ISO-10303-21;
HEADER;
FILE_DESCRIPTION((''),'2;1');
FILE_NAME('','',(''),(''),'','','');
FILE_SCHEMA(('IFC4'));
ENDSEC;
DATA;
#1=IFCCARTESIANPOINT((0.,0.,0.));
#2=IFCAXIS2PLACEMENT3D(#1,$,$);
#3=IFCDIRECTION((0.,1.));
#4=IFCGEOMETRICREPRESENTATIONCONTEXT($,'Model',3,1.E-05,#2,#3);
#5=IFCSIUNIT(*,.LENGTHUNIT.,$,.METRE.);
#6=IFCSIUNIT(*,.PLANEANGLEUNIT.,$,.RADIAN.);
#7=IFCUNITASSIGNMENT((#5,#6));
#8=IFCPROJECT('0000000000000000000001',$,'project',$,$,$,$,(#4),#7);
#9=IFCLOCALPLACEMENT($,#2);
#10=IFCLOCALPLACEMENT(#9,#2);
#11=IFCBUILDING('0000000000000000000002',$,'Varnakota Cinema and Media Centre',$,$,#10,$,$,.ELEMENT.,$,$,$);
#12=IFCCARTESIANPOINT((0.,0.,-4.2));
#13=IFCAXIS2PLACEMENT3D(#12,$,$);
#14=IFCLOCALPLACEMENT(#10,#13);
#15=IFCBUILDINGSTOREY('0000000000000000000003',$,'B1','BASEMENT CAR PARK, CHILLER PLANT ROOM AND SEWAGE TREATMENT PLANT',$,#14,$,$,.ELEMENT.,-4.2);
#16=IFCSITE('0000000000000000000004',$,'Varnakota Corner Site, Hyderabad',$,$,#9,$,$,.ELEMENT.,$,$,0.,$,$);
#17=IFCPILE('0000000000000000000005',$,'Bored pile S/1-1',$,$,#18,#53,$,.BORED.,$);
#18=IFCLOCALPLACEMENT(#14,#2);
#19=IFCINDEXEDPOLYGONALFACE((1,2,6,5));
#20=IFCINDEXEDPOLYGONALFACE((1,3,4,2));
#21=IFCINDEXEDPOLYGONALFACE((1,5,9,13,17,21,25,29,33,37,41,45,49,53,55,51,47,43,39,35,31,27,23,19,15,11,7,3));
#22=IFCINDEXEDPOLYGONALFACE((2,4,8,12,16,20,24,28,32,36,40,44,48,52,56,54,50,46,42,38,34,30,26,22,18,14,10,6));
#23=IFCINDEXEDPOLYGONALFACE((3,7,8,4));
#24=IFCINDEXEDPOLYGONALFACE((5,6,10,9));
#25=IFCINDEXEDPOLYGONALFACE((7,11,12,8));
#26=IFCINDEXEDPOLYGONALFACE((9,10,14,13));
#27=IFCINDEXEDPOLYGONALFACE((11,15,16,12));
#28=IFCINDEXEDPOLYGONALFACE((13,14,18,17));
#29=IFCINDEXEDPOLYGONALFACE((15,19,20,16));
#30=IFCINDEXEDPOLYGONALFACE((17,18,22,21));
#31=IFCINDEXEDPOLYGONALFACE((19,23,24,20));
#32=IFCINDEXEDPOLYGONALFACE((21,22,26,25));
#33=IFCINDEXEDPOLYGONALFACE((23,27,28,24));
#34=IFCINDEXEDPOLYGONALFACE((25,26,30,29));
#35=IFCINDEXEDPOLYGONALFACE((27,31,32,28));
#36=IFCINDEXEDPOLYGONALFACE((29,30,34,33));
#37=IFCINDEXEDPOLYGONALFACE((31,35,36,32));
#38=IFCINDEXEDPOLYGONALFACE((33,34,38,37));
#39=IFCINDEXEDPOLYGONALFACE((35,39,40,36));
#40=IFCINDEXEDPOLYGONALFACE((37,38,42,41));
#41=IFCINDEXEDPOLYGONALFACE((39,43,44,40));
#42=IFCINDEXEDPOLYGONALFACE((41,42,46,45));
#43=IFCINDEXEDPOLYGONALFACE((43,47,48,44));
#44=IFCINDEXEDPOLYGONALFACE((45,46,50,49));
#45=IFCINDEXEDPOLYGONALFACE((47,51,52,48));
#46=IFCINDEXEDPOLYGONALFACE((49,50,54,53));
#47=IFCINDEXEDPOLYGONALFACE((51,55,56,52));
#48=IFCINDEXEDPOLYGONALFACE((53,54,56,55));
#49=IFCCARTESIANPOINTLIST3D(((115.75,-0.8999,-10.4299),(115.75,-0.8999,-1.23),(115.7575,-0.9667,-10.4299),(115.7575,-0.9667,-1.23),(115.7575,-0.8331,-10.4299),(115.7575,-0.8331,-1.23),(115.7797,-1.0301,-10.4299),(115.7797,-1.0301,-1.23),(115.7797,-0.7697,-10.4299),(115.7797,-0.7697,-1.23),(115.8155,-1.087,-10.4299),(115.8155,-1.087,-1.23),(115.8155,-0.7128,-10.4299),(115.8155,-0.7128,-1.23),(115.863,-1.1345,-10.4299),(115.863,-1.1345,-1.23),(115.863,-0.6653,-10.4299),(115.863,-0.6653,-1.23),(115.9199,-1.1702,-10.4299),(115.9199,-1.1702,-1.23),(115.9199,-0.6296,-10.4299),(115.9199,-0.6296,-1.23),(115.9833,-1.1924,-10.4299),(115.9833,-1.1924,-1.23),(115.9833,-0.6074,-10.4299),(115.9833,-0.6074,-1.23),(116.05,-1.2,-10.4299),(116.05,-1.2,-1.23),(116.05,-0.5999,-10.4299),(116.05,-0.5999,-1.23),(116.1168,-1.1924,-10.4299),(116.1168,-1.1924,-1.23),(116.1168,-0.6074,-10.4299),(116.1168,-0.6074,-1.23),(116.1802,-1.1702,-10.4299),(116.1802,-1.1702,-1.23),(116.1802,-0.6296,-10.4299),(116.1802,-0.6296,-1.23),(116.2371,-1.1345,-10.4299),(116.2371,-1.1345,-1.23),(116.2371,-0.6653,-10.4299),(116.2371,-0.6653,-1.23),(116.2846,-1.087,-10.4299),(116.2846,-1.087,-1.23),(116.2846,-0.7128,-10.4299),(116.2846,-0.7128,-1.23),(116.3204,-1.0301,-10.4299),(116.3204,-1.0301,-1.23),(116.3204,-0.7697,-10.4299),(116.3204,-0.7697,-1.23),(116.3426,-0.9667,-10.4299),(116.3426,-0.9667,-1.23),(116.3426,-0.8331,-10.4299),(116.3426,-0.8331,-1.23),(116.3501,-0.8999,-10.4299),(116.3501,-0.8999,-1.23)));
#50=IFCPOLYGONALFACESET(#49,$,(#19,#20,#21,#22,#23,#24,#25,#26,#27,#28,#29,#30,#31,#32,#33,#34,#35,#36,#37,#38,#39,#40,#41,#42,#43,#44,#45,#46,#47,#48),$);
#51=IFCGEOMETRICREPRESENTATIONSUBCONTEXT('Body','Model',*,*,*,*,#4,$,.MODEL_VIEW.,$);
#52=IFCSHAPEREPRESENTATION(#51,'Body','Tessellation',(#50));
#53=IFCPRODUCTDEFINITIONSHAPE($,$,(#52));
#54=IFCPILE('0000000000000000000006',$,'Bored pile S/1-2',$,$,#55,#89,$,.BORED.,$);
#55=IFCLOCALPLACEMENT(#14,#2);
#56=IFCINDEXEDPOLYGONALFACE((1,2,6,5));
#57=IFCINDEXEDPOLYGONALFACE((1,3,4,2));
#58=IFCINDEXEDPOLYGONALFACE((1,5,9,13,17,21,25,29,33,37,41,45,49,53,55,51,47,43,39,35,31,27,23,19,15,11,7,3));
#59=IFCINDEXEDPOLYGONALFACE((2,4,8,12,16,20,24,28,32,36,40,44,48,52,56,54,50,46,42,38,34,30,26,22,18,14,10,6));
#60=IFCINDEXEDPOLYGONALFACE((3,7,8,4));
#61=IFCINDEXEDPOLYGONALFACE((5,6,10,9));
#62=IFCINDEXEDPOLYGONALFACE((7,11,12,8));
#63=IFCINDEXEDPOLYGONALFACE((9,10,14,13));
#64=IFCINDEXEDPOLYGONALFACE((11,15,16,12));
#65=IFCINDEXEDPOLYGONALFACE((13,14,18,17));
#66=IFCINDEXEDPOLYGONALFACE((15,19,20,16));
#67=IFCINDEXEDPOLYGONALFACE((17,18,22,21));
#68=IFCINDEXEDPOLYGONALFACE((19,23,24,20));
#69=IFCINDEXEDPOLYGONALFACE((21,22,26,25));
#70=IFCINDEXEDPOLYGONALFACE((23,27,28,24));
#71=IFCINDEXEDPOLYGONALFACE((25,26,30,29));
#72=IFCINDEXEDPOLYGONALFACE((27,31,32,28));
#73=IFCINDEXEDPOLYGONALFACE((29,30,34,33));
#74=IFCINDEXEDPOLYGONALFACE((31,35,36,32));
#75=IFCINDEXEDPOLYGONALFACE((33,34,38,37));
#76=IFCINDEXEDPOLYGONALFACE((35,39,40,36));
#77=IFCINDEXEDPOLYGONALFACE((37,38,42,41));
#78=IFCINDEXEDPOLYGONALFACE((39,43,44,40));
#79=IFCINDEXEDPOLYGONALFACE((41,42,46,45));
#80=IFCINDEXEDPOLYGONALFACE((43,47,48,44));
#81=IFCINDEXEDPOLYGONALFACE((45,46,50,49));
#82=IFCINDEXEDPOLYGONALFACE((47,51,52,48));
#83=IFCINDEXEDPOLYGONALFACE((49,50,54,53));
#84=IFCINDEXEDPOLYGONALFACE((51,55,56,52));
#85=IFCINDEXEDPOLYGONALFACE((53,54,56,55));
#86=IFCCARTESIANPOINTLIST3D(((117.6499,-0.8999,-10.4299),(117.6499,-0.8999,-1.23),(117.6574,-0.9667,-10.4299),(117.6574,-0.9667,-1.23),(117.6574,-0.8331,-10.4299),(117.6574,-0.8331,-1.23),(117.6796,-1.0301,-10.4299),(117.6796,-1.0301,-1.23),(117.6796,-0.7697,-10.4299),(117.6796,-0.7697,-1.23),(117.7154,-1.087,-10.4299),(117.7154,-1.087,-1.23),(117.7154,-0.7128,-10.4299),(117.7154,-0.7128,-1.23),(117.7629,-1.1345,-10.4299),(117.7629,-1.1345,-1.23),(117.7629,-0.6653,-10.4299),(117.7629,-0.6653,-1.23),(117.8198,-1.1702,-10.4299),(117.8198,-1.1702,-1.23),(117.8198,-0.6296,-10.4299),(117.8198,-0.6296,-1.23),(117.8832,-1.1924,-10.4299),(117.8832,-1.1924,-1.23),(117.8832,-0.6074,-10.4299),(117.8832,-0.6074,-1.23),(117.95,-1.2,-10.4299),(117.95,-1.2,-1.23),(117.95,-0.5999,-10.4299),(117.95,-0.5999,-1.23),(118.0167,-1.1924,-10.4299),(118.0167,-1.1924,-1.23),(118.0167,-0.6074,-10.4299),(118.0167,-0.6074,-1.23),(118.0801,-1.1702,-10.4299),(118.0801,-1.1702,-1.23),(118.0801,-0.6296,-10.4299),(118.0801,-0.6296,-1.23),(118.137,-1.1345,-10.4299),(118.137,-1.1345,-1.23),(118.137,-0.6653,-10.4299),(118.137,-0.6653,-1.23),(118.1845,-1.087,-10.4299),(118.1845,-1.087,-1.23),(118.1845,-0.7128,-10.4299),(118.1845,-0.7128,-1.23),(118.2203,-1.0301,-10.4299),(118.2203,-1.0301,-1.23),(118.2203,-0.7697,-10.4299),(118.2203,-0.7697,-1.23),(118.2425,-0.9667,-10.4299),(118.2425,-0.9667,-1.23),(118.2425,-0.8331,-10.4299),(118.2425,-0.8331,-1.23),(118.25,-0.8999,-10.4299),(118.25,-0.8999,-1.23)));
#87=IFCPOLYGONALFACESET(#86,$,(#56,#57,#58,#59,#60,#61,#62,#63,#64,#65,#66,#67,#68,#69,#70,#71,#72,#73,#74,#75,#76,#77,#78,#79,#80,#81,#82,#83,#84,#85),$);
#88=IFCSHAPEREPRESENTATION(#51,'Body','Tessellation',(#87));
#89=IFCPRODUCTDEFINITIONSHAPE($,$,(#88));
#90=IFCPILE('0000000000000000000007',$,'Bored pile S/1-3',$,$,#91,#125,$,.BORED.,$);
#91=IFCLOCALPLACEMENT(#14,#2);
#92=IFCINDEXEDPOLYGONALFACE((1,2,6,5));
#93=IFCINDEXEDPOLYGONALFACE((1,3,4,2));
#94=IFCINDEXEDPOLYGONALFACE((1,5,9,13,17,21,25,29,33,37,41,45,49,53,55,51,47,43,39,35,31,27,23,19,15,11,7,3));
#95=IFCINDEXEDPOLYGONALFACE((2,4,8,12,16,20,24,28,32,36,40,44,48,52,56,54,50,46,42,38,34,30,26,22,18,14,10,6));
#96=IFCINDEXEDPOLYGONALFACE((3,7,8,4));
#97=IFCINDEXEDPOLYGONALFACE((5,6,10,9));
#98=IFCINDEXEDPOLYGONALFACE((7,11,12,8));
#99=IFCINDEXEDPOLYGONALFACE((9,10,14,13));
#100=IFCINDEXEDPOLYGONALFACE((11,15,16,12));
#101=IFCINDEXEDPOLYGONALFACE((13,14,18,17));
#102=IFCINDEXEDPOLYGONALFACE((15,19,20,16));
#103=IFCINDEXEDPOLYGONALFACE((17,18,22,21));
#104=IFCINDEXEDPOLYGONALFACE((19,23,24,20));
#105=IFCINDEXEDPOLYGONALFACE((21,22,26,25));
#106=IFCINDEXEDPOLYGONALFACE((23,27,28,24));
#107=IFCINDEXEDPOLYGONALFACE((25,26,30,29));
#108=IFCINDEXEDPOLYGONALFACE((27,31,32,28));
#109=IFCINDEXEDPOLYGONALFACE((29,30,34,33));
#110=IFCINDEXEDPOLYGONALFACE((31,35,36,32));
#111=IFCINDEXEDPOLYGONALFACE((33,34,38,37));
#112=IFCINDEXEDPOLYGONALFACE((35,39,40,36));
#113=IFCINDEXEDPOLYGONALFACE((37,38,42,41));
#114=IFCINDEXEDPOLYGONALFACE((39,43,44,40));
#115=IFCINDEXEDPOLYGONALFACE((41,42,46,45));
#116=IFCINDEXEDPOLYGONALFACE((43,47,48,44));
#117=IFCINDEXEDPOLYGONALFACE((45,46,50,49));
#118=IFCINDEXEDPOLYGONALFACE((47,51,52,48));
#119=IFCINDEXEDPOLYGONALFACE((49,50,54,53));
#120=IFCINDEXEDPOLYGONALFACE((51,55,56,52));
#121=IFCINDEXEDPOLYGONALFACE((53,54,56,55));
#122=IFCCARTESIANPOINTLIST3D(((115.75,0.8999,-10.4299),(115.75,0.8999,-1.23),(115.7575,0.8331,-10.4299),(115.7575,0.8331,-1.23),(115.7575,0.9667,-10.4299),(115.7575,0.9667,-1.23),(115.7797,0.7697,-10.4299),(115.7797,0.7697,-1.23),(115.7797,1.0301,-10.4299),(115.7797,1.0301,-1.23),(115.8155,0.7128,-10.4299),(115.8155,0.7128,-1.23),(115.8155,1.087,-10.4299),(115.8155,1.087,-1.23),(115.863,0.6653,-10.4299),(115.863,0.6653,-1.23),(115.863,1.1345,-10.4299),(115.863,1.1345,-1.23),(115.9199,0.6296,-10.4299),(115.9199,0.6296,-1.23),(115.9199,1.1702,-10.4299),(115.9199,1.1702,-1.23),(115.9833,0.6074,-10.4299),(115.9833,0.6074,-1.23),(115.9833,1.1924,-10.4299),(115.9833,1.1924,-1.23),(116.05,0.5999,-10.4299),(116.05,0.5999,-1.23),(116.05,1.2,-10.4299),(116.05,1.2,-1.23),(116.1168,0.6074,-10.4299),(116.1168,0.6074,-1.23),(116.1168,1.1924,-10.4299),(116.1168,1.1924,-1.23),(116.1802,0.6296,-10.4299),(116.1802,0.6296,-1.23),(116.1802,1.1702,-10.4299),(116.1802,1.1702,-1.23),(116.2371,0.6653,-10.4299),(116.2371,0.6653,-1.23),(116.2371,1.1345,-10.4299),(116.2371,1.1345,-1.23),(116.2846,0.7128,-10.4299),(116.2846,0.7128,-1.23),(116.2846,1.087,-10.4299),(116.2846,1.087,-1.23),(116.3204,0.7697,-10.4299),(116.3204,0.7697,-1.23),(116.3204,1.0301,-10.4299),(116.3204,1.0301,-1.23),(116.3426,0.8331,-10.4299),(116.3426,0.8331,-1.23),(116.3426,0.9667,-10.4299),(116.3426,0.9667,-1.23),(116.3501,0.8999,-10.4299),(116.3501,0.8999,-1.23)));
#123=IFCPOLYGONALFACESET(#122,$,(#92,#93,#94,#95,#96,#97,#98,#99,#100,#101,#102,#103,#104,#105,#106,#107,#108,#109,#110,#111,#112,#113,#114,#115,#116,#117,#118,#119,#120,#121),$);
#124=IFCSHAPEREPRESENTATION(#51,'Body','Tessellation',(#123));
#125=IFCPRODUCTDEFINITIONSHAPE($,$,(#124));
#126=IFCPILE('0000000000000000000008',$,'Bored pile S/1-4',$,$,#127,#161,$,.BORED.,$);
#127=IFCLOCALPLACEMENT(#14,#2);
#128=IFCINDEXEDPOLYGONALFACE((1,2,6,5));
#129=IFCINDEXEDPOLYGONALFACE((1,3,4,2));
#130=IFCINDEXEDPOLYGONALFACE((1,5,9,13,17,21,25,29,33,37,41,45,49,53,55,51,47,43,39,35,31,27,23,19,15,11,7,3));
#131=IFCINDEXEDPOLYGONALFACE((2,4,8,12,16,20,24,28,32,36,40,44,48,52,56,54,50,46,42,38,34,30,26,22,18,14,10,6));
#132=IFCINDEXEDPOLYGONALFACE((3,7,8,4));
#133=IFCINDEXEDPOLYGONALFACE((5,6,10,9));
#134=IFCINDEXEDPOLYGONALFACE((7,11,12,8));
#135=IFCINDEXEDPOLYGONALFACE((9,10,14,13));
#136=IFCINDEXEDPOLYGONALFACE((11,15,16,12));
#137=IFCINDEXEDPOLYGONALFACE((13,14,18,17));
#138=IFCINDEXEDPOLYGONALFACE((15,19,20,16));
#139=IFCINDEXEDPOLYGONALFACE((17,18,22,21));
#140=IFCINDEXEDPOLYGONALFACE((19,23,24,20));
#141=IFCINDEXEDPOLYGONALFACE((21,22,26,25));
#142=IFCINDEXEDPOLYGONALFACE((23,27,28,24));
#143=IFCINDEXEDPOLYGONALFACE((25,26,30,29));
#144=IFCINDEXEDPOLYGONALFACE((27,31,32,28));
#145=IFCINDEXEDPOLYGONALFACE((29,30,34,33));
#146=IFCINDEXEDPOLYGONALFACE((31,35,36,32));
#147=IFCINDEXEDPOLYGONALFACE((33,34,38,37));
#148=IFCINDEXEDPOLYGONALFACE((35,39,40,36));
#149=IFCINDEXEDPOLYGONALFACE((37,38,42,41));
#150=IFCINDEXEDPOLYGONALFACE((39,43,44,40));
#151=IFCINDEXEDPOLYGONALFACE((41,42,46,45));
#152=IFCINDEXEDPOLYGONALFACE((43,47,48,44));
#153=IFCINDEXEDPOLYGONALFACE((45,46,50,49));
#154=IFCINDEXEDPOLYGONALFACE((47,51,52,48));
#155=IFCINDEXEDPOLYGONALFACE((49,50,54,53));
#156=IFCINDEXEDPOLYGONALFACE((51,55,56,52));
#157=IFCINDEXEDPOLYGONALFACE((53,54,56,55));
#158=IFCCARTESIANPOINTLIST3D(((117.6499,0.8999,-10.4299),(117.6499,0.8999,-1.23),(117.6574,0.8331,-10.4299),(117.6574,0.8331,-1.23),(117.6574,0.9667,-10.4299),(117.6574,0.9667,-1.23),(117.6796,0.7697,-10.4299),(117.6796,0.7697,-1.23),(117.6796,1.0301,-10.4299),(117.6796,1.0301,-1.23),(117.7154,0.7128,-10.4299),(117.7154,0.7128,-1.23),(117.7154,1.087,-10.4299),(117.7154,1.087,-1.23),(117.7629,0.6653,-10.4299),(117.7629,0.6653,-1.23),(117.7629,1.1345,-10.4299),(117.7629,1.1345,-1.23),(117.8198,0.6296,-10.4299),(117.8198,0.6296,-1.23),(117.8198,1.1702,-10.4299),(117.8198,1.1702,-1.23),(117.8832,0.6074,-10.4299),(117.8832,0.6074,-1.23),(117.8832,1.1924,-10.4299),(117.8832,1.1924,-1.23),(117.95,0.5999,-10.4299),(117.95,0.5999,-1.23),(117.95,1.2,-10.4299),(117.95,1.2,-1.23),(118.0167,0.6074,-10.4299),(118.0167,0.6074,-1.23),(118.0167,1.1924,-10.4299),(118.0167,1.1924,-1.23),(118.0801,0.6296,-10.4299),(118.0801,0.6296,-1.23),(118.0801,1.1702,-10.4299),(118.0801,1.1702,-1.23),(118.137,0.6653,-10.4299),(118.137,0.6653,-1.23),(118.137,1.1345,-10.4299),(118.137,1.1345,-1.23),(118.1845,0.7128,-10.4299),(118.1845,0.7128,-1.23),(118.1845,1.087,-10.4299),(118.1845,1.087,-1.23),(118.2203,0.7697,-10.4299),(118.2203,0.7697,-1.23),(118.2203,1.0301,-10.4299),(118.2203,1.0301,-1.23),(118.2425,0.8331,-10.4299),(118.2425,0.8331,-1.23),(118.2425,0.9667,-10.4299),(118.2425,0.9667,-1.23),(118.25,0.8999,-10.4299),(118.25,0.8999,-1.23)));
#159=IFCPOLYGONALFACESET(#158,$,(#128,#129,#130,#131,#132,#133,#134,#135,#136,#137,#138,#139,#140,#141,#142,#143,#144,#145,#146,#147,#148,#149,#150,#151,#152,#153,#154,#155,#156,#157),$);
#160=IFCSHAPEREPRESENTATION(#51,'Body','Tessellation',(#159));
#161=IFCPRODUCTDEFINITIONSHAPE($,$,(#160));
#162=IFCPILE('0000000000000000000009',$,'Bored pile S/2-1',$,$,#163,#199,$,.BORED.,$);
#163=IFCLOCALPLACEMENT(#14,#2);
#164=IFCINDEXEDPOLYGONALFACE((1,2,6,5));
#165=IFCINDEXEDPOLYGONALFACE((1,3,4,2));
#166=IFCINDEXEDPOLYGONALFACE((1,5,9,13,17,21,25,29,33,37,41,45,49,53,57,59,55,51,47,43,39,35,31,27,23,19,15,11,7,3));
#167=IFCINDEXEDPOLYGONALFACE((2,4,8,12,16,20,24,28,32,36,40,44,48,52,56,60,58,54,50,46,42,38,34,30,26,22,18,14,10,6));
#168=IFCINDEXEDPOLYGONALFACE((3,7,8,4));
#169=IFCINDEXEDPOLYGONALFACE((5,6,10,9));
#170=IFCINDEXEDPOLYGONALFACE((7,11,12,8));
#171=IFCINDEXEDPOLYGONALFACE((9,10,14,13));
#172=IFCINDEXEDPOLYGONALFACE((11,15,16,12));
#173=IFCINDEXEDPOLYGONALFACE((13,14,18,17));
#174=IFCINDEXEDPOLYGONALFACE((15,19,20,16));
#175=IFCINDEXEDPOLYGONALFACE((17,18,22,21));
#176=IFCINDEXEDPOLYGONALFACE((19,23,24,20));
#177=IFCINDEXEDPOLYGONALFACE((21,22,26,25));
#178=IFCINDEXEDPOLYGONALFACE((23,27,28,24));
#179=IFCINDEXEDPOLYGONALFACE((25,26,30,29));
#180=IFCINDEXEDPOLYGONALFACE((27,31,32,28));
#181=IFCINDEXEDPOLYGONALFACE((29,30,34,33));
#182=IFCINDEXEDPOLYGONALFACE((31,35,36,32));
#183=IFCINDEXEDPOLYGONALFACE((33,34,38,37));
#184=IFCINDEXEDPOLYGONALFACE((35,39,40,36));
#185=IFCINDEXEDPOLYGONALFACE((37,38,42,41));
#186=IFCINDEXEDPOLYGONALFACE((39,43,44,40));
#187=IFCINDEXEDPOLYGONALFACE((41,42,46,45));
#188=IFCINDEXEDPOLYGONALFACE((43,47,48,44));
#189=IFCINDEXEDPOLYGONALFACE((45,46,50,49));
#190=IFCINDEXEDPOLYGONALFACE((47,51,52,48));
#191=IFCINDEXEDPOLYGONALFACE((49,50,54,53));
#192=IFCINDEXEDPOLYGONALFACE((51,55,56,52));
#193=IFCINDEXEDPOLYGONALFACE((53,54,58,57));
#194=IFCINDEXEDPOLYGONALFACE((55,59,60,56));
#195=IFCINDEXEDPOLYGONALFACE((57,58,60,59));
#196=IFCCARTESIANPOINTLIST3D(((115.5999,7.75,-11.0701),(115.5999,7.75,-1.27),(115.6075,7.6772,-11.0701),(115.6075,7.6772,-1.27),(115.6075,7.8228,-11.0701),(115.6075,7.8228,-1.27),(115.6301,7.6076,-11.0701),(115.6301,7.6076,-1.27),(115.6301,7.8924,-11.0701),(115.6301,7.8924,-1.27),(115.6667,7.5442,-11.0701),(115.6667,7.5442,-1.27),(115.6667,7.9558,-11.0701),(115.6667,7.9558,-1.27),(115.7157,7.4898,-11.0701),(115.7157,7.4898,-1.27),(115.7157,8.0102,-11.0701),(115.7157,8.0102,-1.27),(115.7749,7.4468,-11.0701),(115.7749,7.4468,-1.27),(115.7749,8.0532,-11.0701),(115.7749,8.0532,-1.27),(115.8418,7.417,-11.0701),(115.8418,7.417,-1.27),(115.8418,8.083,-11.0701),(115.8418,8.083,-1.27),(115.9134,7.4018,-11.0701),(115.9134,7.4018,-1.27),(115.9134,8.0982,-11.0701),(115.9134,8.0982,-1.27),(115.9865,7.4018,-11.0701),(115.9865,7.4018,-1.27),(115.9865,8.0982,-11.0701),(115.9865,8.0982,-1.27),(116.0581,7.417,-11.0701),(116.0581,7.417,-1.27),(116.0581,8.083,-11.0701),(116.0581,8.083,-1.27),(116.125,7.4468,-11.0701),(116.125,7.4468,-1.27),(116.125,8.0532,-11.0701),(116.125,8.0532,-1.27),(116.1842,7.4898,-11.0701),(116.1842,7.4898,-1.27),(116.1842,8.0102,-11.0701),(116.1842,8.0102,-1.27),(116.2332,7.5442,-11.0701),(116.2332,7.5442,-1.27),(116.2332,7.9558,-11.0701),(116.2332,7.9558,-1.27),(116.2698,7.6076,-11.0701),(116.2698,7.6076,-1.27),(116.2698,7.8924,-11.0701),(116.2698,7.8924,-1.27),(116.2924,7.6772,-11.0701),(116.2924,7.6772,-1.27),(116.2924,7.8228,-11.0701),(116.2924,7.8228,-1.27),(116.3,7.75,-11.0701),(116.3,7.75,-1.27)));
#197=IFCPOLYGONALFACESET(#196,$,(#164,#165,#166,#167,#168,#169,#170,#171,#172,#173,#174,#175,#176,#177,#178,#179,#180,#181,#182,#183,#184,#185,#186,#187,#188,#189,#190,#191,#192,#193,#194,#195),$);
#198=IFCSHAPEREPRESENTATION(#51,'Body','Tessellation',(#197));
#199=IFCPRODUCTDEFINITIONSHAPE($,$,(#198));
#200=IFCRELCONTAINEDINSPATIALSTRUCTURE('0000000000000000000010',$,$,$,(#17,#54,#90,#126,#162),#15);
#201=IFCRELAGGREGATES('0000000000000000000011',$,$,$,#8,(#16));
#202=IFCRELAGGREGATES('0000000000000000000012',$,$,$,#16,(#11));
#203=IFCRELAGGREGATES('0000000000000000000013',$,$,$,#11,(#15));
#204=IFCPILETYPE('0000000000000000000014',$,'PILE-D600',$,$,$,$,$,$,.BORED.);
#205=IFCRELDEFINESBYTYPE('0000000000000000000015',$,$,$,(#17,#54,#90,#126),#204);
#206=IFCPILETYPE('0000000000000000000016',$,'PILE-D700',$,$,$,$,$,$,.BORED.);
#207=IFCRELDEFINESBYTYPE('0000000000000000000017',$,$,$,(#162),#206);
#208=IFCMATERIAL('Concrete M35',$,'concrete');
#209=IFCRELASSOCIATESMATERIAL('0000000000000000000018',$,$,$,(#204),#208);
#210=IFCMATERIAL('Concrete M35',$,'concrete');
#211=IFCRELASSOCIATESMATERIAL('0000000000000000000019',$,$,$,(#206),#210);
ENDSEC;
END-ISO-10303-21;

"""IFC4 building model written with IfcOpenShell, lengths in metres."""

from ifc_helpers import new_model, si_unit, direction, frame, origin, origin_2d, place, context, subcontext, project, spatial, circle, extrude, material, material_profile, profile_set, type_object, element, save


model = new_model("IFC4")

# Units and contexts
model_context = context("Model", 3, precision=1e-05, world=origin(), true_north=direction((0.0, 1.0)))
body_context = subcontext(model_context, "Body", "Model", "MODEL_VIEW")
ifc_project = project(units=[si_unit("LENGTHUNIT", "METRE"), si_unit("PLANEANGLEUNIT", "RADIAN")], contexts=[model_context])

# Site, building, storey
site_placement = place(None, origin())
site = spatial("IfcSite", under=ifc_project, at=site_placement, Name="Varnakota Corner Site, Hyderabad", CompositionType="ELEMENT", RefElevation=0.0)
building_placement = place(site_placement, origin())
building = spatial("IfcBuilding", under=site, at=building_placement, Name="Varnakota Cinema and Media Centre", CompositionType="ELEMENT")
storey_placement = place(building_placement, frame((0.0, 0.0, -4.2)))
storey = spatial("IfcBuildingStorey", under=building, at=storey_placement, Name="B1", Description="BASEMENT CAR PARK, CHILLER PLANT ROOM AND SEWAGE TREATMENT PLANT", CompositionType="ELEMENT", Elevation=-4.2)

# Piles
ifc_material_1 = material(Name="Concrete M35", Category="concrete")
ifc_material_profile_1 = material_profile(ifc_material_1, circle(Radius=0.3, at=origin_2d()), Name="PILE D600")
ifc_profile_set_1 = profile_set([ifc_material_profile_1], Name="Concrete M35")
pile_type_1 = type_object("IfcPileType", Name="PILE-D600", PredefinedType="BORED", material=ifc_profile_set_1)
for number, where, z_axis, x_axis, name in (
    (1, (116.05, -0.8999, -1.23), (0.0, 0.0, -1.0), (1.0, 0.0, 0.0), "Bored pile S/1-1"),
    (2, (117.95, -0.8999, -1.23), (0.0, 0.0, -1.0), (1.0, 0.0, 0.0), "Bored pile S/1-2"),
    (3, (116.05, 0.8999, -1.23), (0.0, 0.0, -1.0), (1.0, 0.0, 0.0), "Bored pile S/1-3"),
    (4, (117.95, 0.8999, -1.23), (0.0, 0.0, -1.0), (1.0, 0.0, 0.0), "Bored pile S/1-4"),
):
    element("IfcPile", number, at=place(storey_placement, frame(where, z_axis=z_axis, x_axis=x_axis)), inside=storey, type_object=pile_type_1, Name=name, PredefinedType="BORED", context=body_context, shape_type="SweptSolid", body=[
        extrude(circle(Radius=0.3, at=origin_2d()), origin(), (0.0, 0.0, 1.0), 9.2),
    ])
ifc_material_2 = material(Name="Concrete M35", Category="concrete")
ifc_material_profile_2 = material_profile(ifc_material_2, circle(Radius=0.3501, at=origin_2d()), Name="PILE D700")
ifc_profile_set_2 = profile_set([ifc_material_profile_2], Name="Concrete M35")
pile_type_2 = type_object("IfcPileType", Name="PILE-D700", PredefinedType="BORED", material=ifc_profile_set_2)
for number, where, z_axis, x_axis, name in (
    (5, (115.95, 7.75, -1.27), (0.0, 0.0, -1.0), (1.0, 0.0, 0.0), "Bored pile S/2-1"),
):
    element("IfcPile", number, at=place(storey_placement, frame(where, z_axis=z_axis, x_axis=x_axis)), inside=storey, type_object=pile_type_2, Name=name, PredefinedType="BORED", context=body_context, shape_type="SweptSolid", body=[
        extrude(circle(Radius=0.3501, at=origin_2d()), origin(), (0.0, 0.0, 1.0), 9.8),
    ])

save(model, "model.ifc")
